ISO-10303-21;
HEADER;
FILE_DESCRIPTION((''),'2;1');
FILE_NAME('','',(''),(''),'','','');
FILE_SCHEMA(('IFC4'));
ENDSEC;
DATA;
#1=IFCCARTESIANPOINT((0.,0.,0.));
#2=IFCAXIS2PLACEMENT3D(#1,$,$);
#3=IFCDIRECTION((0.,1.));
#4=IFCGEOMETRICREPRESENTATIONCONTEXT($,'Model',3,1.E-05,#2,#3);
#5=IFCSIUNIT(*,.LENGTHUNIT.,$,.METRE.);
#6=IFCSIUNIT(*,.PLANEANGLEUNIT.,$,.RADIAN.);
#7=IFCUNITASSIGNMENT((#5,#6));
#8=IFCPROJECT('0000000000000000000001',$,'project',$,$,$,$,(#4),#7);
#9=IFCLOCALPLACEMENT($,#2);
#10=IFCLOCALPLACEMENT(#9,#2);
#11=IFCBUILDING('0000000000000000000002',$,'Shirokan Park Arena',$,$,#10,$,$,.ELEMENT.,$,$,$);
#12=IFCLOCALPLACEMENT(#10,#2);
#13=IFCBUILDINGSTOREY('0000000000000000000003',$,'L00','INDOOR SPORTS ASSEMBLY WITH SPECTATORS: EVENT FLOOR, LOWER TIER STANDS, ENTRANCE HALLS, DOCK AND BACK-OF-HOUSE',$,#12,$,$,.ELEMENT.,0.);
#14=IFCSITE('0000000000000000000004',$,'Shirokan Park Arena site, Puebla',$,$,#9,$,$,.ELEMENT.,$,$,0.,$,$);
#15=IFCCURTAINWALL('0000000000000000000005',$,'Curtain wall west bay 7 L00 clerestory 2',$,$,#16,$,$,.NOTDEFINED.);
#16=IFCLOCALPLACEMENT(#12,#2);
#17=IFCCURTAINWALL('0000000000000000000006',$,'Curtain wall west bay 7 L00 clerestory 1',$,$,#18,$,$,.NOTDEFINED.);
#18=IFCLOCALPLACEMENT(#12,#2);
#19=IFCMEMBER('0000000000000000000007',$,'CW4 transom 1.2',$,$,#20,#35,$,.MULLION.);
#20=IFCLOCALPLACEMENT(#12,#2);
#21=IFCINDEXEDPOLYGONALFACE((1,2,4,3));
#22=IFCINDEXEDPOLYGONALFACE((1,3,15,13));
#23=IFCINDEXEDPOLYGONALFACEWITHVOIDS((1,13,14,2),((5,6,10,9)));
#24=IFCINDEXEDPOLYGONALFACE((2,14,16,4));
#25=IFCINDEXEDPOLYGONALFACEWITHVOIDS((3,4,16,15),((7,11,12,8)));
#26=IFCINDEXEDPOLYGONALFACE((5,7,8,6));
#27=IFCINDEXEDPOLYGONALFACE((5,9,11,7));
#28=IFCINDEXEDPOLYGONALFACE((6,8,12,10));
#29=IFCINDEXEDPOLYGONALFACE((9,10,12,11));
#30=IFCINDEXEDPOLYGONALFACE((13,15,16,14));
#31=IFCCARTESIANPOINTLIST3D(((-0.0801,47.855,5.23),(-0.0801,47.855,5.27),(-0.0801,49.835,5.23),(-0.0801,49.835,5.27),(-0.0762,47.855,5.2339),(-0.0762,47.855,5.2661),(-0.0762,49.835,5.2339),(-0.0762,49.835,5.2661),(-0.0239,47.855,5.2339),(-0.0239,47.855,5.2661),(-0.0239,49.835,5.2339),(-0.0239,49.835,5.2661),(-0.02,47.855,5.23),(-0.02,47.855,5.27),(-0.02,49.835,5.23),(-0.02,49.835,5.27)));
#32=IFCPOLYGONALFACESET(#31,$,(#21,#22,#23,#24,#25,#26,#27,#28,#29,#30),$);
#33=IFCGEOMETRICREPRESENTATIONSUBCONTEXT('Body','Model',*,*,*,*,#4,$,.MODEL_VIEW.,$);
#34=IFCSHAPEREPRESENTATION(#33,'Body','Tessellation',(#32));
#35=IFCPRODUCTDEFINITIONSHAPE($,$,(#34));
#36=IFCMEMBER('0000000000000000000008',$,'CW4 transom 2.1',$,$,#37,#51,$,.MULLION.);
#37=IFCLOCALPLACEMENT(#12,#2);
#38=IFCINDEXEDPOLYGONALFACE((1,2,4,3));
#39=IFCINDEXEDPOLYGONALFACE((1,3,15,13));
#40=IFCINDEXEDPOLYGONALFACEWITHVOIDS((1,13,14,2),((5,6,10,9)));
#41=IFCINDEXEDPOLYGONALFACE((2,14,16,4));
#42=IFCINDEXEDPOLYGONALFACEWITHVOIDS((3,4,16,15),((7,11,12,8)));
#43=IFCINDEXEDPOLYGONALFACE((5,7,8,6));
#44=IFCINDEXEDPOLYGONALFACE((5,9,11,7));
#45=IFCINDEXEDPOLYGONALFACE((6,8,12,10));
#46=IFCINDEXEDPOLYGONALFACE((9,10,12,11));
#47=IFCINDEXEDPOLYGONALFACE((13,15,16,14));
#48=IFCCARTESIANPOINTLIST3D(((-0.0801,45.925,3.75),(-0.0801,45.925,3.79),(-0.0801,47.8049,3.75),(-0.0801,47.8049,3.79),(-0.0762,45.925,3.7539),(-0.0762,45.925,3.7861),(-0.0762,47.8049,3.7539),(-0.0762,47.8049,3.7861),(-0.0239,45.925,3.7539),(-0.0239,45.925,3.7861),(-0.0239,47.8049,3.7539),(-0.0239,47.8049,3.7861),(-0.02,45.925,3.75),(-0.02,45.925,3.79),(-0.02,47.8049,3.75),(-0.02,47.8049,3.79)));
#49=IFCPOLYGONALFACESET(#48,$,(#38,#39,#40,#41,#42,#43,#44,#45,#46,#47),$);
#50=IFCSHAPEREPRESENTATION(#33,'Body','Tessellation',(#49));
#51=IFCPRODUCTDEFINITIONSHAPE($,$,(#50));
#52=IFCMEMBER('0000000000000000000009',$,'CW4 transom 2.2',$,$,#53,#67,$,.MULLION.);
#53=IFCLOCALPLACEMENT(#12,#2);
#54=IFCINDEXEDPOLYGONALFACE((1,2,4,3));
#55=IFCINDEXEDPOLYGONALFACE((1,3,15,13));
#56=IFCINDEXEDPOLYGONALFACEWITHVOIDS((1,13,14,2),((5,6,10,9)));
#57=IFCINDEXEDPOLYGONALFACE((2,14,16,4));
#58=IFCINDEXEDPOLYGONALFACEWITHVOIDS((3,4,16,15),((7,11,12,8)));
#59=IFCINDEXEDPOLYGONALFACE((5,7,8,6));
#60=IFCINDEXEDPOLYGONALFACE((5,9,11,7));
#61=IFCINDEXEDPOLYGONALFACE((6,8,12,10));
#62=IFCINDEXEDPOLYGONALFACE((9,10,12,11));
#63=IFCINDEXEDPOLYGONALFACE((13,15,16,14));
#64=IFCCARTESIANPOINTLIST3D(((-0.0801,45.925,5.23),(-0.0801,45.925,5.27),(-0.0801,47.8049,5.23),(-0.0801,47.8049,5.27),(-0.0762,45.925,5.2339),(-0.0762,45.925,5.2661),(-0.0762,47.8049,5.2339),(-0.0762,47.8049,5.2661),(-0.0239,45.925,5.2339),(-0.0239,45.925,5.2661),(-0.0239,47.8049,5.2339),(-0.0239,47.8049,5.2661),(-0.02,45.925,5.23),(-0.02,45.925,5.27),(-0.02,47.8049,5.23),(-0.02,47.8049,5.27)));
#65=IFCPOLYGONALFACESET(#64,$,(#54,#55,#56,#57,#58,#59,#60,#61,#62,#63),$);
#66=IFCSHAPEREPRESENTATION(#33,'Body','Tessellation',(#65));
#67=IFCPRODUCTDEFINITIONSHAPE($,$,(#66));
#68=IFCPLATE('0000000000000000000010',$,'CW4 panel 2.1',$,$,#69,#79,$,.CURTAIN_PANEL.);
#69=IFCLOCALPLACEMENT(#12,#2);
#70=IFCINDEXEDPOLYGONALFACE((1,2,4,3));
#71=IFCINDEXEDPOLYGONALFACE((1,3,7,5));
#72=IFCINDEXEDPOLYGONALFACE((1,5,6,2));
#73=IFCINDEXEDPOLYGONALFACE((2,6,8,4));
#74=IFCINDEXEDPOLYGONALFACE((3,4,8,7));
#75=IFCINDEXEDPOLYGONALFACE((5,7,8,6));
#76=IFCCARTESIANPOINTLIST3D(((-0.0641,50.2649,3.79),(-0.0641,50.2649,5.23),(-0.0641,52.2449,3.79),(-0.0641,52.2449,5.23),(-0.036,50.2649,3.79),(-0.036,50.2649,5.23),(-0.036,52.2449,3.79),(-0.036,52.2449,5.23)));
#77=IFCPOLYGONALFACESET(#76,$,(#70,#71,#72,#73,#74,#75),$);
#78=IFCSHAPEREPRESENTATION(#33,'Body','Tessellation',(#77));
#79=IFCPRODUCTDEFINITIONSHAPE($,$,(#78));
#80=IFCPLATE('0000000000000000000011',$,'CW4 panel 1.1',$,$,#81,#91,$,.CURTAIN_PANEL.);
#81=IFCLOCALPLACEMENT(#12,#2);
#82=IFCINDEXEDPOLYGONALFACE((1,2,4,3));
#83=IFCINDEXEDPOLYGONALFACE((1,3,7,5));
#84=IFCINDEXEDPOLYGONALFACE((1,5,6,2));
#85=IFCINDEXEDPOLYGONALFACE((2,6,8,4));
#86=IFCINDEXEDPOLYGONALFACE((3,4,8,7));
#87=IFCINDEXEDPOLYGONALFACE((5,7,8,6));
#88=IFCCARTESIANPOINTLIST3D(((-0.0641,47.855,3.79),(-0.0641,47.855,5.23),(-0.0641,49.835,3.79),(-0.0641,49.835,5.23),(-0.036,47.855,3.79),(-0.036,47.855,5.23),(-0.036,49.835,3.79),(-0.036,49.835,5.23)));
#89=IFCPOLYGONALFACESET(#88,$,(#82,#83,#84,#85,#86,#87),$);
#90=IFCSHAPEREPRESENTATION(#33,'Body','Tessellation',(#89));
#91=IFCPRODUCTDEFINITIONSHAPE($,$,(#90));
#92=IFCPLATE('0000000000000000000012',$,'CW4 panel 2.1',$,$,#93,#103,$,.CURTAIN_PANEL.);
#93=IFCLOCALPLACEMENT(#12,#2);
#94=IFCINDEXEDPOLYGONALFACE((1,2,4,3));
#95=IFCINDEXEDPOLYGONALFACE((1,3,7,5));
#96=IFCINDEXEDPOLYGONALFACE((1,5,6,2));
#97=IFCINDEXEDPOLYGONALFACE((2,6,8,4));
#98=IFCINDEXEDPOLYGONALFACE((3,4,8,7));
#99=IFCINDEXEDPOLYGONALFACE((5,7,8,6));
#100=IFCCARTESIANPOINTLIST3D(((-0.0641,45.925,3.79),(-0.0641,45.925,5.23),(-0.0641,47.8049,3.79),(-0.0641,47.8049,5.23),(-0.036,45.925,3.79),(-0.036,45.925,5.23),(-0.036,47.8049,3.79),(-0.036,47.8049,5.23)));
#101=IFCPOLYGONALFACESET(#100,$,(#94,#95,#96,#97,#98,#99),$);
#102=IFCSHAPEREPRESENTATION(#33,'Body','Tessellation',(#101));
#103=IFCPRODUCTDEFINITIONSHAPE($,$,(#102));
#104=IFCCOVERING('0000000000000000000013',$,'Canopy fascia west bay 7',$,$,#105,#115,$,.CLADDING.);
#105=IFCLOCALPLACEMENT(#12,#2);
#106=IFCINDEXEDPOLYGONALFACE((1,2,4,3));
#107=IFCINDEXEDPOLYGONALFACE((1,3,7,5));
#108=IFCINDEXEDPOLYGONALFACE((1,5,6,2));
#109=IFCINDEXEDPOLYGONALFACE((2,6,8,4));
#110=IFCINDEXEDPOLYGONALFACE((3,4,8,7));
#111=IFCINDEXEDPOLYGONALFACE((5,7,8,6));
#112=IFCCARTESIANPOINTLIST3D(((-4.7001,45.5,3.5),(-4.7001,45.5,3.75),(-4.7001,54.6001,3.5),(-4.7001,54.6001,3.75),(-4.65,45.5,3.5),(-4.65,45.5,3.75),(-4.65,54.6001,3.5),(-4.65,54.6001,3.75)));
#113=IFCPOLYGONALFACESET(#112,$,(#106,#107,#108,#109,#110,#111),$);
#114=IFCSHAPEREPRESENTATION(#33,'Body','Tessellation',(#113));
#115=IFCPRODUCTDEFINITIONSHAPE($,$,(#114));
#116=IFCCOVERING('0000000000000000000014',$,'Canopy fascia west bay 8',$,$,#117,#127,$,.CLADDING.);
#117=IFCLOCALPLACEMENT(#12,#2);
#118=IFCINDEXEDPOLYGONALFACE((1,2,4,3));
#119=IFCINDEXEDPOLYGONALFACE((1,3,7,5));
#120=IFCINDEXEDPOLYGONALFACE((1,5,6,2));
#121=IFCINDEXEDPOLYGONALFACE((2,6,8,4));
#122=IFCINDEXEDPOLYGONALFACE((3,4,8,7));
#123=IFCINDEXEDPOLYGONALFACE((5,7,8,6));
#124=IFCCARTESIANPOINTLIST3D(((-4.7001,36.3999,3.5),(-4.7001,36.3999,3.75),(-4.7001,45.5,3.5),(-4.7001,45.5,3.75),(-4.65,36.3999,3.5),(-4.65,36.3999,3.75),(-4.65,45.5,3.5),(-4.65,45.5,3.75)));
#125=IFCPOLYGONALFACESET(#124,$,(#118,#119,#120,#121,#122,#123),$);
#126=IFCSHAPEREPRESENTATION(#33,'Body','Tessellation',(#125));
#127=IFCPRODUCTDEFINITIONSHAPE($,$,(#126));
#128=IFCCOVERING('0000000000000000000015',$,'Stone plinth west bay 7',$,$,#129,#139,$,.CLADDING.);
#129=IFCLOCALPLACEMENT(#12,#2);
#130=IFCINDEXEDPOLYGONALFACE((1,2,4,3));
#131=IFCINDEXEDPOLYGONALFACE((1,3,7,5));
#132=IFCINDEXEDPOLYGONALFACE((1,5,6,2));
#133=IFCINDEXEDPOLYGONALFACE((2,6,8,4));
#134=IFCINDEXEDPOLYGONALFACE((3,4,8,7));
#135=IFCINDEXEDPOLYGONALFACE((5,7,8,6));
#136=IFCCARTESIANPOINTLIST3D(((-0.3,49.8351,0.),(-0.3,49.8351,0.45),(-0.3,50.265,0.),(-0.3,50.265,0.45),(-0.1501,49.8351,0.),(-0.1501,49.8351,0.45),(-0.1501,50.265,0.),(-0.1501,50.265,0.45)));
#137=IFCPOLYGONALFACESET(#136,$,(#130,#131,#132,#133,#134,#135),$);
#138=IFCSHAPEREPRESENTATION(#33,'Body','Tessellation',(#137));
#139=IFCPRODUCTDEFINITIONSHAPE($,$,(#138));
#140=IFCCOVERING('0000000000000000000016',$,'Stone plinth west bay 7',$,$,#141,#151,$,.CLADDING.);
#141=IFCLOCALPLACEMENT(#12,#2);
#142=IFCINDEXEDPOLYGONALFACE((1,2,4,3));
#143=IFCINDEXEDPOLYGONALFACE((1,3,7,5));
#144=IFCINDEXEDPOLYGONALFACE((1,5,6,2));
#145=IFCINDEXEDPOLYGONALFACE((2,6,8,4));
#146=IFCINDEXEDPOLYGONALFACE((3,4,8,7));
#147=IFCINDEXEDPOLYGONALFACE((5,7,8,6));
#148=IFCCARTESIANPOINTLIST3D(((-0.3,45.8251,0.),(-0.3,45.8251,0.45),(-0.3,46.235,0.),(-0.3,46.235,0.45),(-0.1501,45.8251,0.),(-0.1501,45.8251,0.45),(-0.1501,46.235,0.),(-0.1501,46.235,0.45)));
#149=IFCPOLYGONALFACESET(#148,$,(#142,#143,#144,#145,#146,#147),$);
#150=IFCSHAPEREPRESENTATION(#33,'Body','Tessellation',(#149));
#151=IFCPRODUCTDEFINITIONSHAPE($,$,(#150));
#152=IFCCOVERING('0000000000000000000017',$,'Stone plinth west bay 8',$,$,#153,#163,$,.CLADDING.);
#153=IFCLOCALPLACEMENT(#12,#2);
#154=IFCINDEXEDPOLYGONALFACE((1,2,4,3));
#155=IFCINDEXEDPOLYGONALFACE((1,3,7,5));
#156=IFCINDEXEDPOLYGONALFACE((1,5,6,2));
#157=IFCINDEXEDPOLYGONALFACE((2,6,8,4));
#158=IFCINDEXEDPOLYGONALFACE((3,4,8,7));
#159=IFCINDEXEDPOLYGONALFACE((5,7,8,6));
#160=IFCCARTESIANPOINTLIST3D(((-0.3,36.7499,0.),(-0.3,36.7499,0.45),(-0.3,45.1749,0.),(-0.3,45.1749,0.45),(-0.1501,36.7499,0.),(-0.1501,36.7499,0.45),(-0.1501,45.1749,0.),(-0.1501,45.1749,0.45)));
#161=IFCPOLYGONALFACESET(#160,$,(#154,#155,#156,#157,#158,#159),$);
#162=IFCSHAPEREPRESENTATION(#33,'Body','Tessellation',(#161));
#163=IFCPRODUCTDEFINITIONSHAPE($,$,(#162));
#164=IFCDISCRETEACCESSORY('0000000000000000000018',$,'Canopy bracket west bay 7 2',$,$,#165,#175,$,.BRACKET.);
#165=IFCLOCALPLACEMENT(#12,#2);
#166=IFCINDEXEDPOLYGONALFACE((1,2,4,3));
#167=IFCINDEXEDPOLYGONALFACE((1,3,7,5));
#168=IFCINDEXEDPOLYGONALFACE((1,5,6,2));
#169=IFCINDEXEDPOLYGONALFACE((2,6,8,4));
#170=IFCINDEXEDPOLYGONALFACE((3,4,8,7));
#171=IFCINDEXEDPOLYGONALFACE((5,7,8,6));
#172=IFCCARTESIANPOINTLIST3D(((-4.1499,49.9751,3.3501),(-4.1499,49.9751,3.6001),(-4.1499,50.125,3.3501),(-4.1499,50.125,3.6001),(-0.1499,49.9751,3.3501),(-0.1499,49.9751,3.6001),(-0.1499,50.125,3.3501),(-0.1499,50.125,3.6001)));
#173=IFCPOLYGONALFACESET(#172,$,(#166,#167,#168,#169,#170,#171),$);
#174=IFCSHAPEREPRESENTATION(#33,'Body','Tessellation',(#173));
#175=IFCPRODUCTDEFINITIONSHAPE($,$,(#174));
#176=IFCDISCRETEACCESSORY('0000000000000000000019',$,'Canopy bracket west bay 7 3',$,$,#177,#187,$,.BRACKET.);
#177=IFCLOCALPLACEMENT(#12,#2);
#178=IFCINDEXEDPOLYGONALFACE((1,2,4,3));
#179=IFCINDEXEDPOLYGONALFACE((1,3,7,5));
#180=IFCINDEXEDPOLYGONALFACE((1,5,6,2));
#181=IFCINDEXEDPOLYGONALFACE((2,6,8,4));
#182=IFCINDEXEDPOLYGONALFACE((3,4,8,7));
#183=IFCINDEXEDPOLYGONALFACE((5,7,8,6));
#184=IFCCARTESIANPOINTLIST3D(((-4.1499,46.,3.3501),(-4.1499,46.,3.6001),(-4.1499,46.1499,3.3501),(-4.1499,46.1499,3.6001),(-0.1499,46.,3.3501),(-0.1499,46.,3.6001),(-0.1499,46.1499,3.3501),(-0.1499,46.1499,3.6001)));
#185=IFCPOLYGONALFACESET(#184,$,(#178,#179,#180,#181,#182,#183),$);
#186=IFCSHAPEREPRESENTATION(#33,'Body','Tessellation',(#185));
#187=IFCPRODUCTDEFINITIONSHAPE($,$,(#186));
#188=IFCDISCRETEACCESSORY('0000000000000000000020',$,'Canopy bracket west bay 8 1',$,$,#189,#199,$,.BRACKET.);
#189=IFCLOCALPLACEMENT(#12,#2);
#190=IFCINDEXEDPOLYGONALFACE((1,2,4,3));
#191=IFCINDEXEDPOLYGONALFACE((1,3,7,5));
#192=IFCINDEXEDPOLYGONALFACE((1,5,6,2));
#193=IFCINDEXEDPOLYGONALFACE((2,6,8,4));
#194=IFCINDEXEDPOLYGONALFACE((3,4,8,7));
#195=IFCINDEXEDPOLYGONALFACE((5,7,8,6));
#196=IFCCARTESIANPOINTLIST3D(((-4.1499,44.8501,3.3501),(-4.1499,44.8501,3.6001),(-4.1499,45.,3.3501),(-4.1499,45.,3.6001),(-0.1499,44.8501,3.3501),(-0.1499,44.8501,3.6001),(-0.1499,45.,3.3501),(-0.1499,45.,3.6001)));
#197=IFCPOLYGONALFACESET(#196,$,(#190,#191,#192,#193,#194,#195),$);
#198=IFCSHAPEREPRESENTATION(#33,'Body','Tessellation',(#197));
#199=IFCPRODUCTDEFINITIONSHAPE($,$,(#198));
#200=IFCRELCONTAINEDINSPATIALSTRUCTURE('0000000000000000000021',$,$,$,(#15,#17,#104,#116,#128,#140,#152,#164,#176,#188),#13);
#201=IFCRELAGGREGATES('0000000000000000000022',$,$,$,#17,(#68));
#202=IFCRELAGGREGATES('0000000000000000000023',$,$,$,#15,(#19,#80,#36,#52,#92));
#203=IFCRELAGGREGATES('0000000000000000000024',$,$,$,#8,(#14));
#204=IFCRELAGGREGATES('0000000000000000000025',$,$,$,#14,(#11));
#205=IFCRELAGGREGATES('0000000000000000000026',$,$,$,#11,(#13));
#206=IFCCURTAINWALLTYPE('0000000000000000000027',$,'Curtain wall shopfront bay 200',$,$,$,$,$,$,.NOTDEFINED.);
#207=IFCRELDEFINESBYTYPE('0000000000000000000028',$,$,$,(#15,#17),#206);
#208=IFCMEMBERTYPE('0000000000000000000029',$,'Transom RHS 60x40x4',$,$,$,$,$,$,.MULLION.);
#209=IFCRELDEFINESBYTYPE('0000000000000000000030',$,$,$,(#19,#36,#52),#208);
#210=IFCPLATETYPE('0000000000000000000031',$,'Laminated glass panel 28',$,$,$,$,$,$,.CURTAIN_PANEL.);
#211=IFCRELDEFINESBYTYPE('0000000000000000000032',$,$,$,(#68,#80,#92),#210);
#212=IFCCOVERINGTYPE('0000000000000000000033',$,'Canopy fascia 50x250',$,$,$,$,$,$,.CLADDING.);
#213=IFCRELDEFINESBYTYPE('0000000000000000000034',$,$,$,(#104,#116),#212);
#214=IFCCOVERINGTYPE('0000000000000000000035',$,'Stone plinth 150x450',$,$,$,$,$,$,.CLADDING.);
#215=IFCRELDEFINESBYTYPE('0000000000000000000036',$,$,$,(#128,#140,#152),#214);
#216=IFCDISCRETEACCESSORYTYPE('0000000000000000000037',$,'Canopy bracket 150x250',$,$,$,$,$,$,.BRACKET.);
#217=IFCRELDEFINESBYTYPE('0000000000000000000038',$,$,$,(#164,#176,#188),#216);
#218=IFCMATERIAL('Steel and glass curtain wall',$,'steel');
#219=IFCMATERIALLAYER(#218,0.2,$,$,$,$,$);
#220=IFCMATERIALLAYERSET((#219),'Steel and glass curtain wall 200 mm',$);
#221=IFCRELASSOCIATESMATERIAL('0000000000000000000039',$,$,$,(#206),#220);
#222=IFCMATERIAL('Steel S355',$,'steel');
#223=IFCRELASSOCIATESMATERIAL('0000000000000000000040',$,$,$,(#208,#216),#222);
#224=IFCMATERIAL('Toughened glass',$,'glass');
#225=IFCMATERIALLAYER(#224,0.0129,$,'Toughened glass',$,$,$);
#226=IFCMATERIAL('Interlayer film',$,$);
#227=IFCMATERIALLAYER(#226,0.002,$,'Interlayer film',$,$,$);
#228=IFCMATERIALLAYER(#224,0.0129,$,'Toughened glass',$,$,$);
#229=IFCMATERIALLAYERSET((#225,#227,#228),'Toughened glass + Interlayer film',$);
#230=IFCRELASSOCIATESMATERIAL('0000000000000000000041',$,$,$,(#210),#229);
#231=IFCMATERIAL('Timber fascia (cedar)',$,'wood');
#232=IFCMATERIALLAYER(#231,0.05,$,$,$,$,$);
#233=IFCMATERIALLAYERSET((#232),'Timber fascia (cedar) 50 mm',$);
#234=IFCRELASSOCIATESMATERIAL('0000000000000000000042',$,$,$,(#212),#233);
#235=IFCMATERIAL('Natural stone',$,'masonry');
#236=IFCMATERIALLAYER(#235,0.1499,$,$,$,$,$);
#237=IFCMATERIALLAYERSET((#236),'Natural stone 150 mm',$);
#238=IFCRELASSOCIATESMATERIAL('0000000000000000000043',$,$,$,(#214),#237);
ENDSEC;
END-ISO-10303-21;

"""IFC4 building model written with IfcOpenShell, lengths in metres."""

from ifc_helpers import new_model, si_unit, direction, frame, origin, origin_2d, place, context, subcontext, project, spatial, rectangle, hollow_rectangle, extrude, material, layer, layer_set, material_profile, profile_set, type_object, element, aggregate, save


model = new_model("IFC4")

# Units and contexts
model_context = context("Model", 3, precision=1e-05, world=origin(), true_north=direction((0.0, 1.0)))
body_context = subcontext(model_context, "Body", "Model", "MODEL_VIEW")
ifc_project = project(units=[si_unit("LENGTHUNIT", "METRE"), si_unit("PLANEANGLEUNIT", "RADIAN")], contexts=[model_context])

# Site, building, storey
site_placement = place(None, origin())
site = spatial("IfcSite", under=ifc_project, at=site_placement, Name="Shirokan Park Arena site, Puebla", CompositionType="ELEMENT", RefElevation=0.0)
building_placement = place(site_placement, origin())
building = spatial("IfcBuilding", under=site, at=building_placement, Name="Shirokan Park Arena", CompositionType="ELEMENT")
storey_placement = place(building_placement, origin())
storey = spatial("IfcBuildingStorey", under=building, at=storey_placement, Name="L00", Description="INDOOR SPORTS ASSEMBLY WITH SPECTATORS: EVENT FLOOR, LOWER TIER STANDS, ENTRANCE HALLS, DOCK AND BACK-OF-HOUSE", CompositionType="ELEMENT", Elevation=0.0)

# Shared definitions
ifc_material_1 = material(Name="Steel S355", Category="steel")

# Curtain wall
ifc_material_2 = material(Name="Steel and glass curtain wall", Category="steel")
ifc_layer_1 = layer(ifc_material_2, 0.2)
ifc_layer_set_1 = layer_set([ifc_layer_1], Name="Steel and glass curtain wall 200 mm")
curtain_wall_type = type_object("IfcCurtainWallType", Name="Curtain wall shopfront bay 200", PredefinedType="NOTDEFINED", material=ifc_layer_set_1)
curtain_wall_1_placement = place(storey_placement, origin())
curtain_wall_1 = element("IfcCurtainWall", 1, at=curtain_wall_1_placement, inside=storey, type_object=curtain_wall_type, Name="Curtain wall west bay 7 L00 clerestory 2", PredefinedType="NOTDEFINED")

# Curtain wall
curtain_wall_2_placement = place(storey_placement, origin())
curtain_wall_2 = element("IfcCurtainWall", 2, at=curtain_wall_2_placement, inside=storey, type_object=curtain_wall_type, Name="Curtain wall west bay 7 L00 clerestory 1", PredefinedType="NOTDEFINED")
ifc_material_profile_1 = material_profile(ifc_material_1, hollow_rectangle(XDim=0.0601, YDim=0.04, WallThickness=0.0039, at=origin_2d()), Name="RHS 60x40x4")
ifc_profile_set_1 = profile_set([ifc_material_profile_1], Name="Steel S355")
member_type_1 = type_object("IfcMemberType", Name="Transom RHS 60x40x4", PredefinedType="MULLION", material=ifc_profile_set_1)

# Members
member_1_placement = place(storey_placement, frame((-0.05, 49.835, 5.25), z_axis=(0.0, -1.0, 0.0), x_axis=(1.0, 0.0, 0.0)))
member_1 = element("IfcMember", 3, at=member_1_placement, type_object=member_type_1, Name="CW4 transom 1.2", PredefinedType="MULLION", context=body_context, shape_type="SweptSolid", body=[
    extrude(hollow_rectangle(XDim=0.0601, YDim=0.04, WallThickness=0.0039, at=origin_2d()), origin(), (0.0, 0.0, 1.0), 1.98),
])
member_2_placement = place(storey_placement, frame((-0.05, 47.8049, 3.77), z_axis=(0.0, -1.0, 0.0), x_axis=(1.0, 0.0, 0.0)))
member_2 = element("IfcMember", 4, at=member_2_placement, type_object=member_type_1, Name="CW4 transom 2.1", PredefinedType="MULLION", context=body_context, shape_type="SweptSolid", body=[
    extrude(hollow_rectangle(XDim=0.0601, YDim=0.04, WallThickness=0.0039, at=origin_2d()), origin(), (0.0, 0.0, 1.0), 1.8799),
])
member_3_placement = place(storey_placement, frame((-0.05, 47.8049, 5.25), z_axis=(0.0, -1.0, 0.0), x_axis=(1.0, 0.0, 0.0)))
member_3 = element("IfcMember", 5, at=member_3_placement, type_object=member_type_1, Name="CW4 transom 2.2", PredefinedType="MULLION", context=body_context, shape_type="SweptSolid", body=[
    extrude(hollow_rectangle(XDim=0.0601, YDim=0.04, WallThickness=0.0039, at=origin_2d()), origin(), (0.0, 0.0, 1.0), 1.8799),
])

# Plates
ifc_material_3 = material(Name="Toughened glass", Category="glass")
ifc_layer_2 = layer(ifc_material_3, 0.0129, Name="Toughened glass")
ifc_material_4 = material(Name="Interlayer film")
ifc_layer_3 = layer(ifc_material_4, 0.002, Name="Interlayer film")
ifc_layer_4 = layer(ifc_material_3, 0.0129, Name="Toughened glass")
ifc_layer_set_2 = layer_set([ifc_layer_2, ifc_layer_3, ifc_layer_4], Name="Toughened glass + Interlayer film")
plate_type = type_object("IfcPlateType", Name="Laminated glass panel 28", PredefinedType="CURTAIN_PANEL", material=ifc_layer_set_2)
plate_1_placement = place(storey_placement, frame((-0.05, 51.2549, 3.79), z_axis=(0.0, 0.0, 1.0), x_axis=(0.0, -1.0, 0.0)))
plate_1 = element("IfcPlate", 6, at=plate_1_placement, type_object=plate_type, Name="CW4 panel 2.1", PredefinedType="CURTAIN_PANEL", context=body_context, shape_type="SweptSolid", body=[
    extrude(rectangle(XDim=1.98, YDim=0.0281, at=origin_2d()), origin(), (0.0, 0.0, 1.0), 1.4399),
])
aggregate(curtain_wall_2, [plate_1])
plate_2_placement = place(storey_placement, frame((-0.05, 48.845, 3.79), z_axis=(0.0, 0.0, 1.0), x_axis=(0.0, -1.0, 0.0)))
plate_2 = element("IfcPlate", 7, at=plate_2_placement, type_object=plate_type, Name="CW4 panel 1.1", PredefinedType="CURTAIN_PANEL", context=body_context, shape_type="SweptSolid", body=[
    extrude(rectangle(XDim=1.98, YDim=0.0281, at=origin_2d()), origin(), (0.0, 0.0, 1.0), 1.4399),
])
plate_3_placement = place(storey_placement, frame((-0.05, 46.865, 3.79), z_axis=(0.0, 0.0, 1.0), x_axis=(0.0, -1.0, 0.0)))
plate_3 = element("IfcPlate", 8, at=plate_3_placement, type_object=plate_type, Name="CW4 panel 2.1", PredefinedType="CURTAIN_PANEL", context=body_context, shape_type="SweptSolid", body=[
    extrude(rectangle(XDim=1.8799, YDim=0.0281, at=origin_2d()), origin(), (0.0, 0.0, 1.0), 1.4399),
])
aggregate(curtain_wall_1, [member_1, plate_2, member_2, member_3, plate_3])

# Coverings
ifc_material_5 = material(Name="Timber fascia (cedar)", Category="wood")
ifc_layer_5 = layer(ifc_material_5, 0.05)
ifc_layer_set_3 = layer_set([ifc_layer_5], Name="Timber fascia (cedar) 50 mm")
covering_type_1 = type_object("IfcCoveringType", Name="Canopy fascia 50x250", PredefinedType="CLADDING", material=ifc_layer_set_3)
for number, where, z_axis, x_axis, name in (
    (9, (-4.675, 50.05, 3.5), (0.0, 0.0, 1.0), (0.0, -1.0, 0.0), "Canopy fascia west bay 7"),
    (10, (-4.675, 40.95, 3.5), (0.0, 0.0, 1.0), (0.0, -1.0, 0.0), "Canopy fascia west bay 8"),
):
    element("IfcCovering", number, at=place(storey_placement, frame(where, z_axis=z_axis, x_axis=x_axis)), inside=storey, type_object=covering_type_1, Name=name, PredefinedType="CLADDING", context=body_context, shape_type="SweptSolid", body=[
        extrude(rectangle(XDim=9.1001, YDim=0.05, at=origin_2d()), origin(), (0.0, 0.0, 1.0), 0.25),
    ])
ifc_material_6 = material(Name="Natural stone", Category="masonry")
ifc_layer_6 = layer(ifc_material_6, 0.1499)
ifc_layer_set_4 = layer_set([ifc_layer_6], Name="Natural stone 150 mm")
covering_type_2 = type_object("IfcCoveringType", Name="Stone plinth 150x450", PredefinedType="CLADDING", material=ifc_layer_set_4)
covering_1_placement = place(storey_placement, frame((-0.2251, 50.05, 0.0), z_axis=(0.0, 0.0, 1.0), x_axis=(0.0, -1.0, 0.0)))
element("IfcCovering", 11, at=covering_1_placement, inside=storey, type_object=covering_type_2, Name="Stone plinth west bay 7", PredefinedType="CLADDING", context=body_context, shape_type="SweptSolid", body=[
    extrude(rectangle(XDim=0.4299, YDim=0.1499, at=origin_2d()), origin(), (0.0, 0.0, 1.0), 0.45),
])
covering_2_placement = place(storey_placement, frame((-0.2251, 46.03, 0.0), z_axis=(0.0, 0.0, 1.0), x_axis=(0.0, -1.0, 0.0)))
element("IfcCovering", 12, at=covering_2_placement, inside=storey, type_object=covering_type_2, Name="Stone plinth west bay 7", PredefinedType="CLADDING", context=body_context, shape_type="SweptSolid", body=[
    extrude(rectangle(XDim=0.4099, YDim=0.1499, at=origin_2d()), origin(), (0.0, 0.0, 1.0), 0.45),
])
covering_3_placement = place(storey_placement, frame((-0.2251, 40.9624, 0.0), z_axis=(0.0, 0.0, 1.0), x_axis=(0.0, -1.0, 0.0)))
element("IfcCovering", 13, at=covering_3_placement, inside=storey, type_object=covering_type_2, Name="Stone plinth west bay 8", PredefinedType="CLADDING", context=body_context, shape_type="SweptSolid", body=[
    extrude(rectangle(XDim=8.425, YDim=0.1499, at=origin_2d()), origin(), (0.0, 0.0, 1.0), 0.45),
])

# Discrete accessories
discrete_accessory_type = type_object("IfcDiscreteAccessoryType", Name="Canopy bracket 150x250", PredefinedType="BRACKET", material=ifc_material_1)
for number, where, z_axis, x_axis, name in (
    (14, (-2.1499, 50.05, 3.3501), (0.0, 0.0, 1.0), (0.0, -1.0, 0.0), "Canopy bracket west bay 7 2"),
    (15, (-2.1499, 46.075, 3.3501), (0.0, 0.0, 1.0), (0.0, -1.0, 0.0), "Canopy bracket west bay 7 3"),
    (16, (-2.1499, 44.925, 3.3501), (0.0, 0.0, 1.0), (0.0, -1.0, 0.0), "Canopy bracket west bay 8 1"),
):
    element("IfcDiscreteAccessory", number, at=place(storey_placement, frame(where, z_axis=z_axis, x_axis=x_axis)), inside=storey, type_object=discrete_accessory_type, Name=name, PredefinedType="BRACKET", context=body_context, shape_type="SweptSolid", body=[
        extrude(rectangle(XDim=0.1499, YDim=4.0, at=origin_2d()), origin(), (0.0, 0.0, 1.0), 0.25),
    ])

save(model, "model.ifc")
